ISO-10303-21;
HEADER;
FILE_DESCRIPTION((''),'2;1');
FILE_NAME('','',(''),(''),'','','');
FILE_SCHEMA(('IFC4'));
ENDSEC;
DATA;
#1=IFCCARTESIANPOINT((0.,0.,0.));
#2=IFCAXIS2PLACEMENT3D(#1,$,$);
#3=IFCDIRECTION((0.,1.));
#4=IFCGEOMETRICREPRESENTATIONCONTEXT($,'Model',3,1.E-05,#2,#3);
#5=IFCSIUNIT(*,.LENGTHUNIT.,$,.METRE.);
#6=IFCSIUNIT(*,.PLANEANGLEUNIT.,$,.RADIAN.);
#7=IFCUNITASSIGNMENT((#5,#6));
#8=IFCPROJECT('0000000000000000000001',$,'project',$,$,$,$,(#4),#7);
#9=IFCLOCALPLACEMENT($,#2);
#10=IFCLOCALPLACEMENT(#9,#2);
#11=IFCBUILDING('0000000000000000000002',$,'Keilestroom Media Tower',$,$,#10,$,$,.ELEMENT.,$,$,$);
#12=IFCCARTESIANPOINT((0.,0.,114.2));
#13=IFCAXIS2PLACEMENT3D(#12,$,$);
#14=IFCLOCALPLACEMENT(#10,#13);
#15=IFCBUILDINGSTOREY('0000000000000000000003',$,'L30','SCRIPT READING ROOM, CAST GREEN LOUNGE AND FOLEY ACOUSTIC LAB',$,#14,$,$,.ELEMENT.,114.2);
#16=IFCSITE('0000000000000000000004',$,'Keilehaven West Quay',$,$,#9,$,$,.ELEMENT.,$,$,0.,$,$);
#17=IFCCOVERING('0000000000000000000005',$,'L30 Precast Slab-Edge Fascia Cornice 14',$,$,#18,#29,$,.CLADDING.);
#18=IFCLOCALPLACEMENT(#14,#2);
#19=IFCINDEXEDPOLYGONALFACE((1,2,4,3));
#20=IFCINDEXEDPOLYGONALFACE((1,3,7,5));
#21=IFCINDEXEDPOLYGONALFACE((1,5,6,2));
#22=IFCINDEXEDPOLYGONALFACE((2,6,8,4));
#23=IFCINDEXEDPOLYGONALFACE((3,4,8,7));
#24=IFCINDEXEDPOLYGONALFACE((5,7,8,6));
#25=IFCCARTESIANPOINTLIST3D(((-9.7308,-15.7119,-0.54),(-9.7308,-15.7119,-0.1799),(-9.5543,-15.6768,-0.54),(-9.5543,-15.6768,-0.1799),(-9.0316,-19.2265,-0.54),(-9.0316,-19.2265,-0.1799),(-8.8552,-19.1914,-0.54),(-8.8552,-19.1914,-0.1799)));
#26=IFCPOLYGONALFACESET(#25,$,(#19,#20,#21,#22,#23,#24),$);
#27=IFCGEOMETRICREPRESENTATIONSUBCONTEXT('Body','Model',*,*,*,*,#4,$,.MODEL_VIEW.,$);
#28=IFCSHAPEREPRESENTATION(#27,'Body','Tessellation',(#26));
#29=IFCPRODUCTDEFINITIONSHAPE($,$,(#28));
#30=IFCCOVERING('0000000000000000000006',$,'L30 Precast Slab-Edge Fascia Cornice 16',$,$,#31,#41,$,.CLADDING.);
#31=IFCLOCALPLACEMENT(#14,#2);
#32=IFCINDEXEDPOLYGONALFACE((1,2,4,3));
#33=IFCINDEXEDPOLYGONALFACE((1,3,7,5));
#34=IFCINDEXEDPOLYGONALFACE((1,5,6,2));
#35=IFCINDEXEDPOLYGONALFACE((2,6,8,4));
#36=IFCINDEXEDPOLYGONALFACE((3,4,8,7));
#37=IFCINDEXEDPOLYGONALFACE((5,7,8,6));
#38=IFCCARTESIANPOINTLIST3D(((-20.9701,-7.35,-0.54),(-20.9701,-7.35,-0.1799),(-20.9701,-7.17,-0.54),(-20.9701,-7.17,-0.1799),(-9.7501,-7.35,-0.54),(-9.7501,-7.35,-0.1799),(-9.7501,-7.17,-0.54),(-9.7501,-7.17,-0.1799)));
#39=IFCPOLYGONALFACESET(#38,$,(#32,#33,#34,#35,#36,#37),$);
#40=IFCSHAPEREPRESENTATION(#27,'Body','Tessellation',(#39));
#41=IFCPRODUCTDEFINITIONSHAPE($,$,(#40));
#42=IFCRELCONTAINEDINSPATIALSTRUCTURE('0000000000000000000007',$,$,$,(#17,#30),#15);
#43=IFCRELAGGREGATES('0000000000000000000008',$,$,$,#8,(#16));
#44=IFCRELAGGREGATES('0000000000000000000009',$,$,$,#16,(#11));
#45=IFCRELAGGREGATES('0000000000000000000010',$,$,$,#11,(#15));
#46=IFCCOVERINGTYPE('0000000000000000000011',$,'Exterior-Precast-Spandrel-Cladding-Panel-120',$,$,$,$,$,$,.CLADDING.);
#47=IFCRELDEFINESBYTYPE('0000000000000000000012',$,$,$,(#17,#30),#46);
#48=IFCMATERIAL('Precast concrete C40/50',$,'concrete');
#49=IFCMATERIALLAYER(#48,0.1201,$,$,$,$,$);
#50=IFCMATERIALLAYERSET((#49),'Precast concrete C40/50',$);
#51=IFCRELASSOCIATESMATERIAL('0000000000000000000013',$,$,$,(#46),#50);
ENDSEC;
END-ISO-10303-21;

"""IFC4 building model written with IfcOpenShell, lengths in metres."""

from ifc_helpers import new_model, si_unit, direction, frame, origin, origin_2d, place, context, subcontext, project, spatial, rectangle, extrude, source, transform, mapped, material, layer, layer_set, type_object, element, save


model = new_model("IFC4")

# Units and contexts
model_context = context("Model", 3, precision=1e-05, world=origin(), true_north=direction((0.0, 1.0)))
body_context = subcontext(model_context, "Body", "Model", "MODEL_VIEW")
ifc_project = project(units=[si_unit("LENGTHUNIT", "METRE"), si_unit("PLANEANGLEUNIT", "RADIAN")], contexts=[model_context])

# Site, building, storey
site_placement = place(None, origin())
site = spatial("IfcSite", under=ifc_project, at=site_placement, Name="Keilehaven West Quay", CompositionType="ELEMENT", RefElevation=0.0)
building_placement = place(site_placement, origin())
building = spatial("IfcBuilding", under=site, at=building_placement, Name="Keilestroom Media Tower", CompositionType="ELEMENT")
storey_placement = place(building_placement, frame((0.0, 0.0, 114.2)))
storey = spatial("IfcBuildingStorey", under=building, at=storey_placement, Name="L30", Description="SCRIPT READING ROOM, CAST GREEN LOUNGE AND FOLEY ACOUSTIC LAB", CompositionType="ELEMENT", Elevation=114.2)

# Shared definitions
ifc_material_1 = material(Name="Precast concrete C40/50", Category="concrete")

# Coverings
ifc_layer_1 = layer(ifc_material_1, 0.1201)
ifc_layer_set_1 = layer_set([ifc_layer_1], Name="Precast concrete C40/50")
covering_type = type_object("IfcCoveringType", Name="Exterior-Precast-Spandrel-Cladding-Panel-120", PredefinedType="CLADDING", material=ifc_layer_set_1)
shared_shape_1 = source(origin(), body_context, "Body", "SweptSolid", [
    extrude(rectangle(XDim=3.5835, YDim=0.1799, at=origin_2d()), origin(), (0.0, 0.0, 1.0), 0.3601),
])
covering_1_placement = place(storey_placement, frame((-9.293, -17.4517, -0.54), z_axis=(0.0, 0.0, 1.0), x_axis=(-0.195099, 0.980784, 0.0)))
element("IfcCovering", 1, at=covering_1_placement, inside=storey, type_object=covering_type, Name="L30 Precast Slab-Edge Fascia Cornice 14", PredefinedType="CLADDING", context=body_context, shape_type="MappedRepresentation", body=[
    mapped(shared_shape_1, transform((0.0, 0.0, 0.0), x_axis=(1.0, 0.0, 0.0), y_axis=(0.0, 1.0, 0.0), z_axis=(0.0, 0.0, 1.0), scale=1.0)),
])
shared_shape_2 = source(origin(), body_context, "Body", "SweptSolid", [
    extrude(rectangle(XDim=11.22, YDim=0.1799, at=origin_2d()), origin(), (0.0, 0.0, 1.0), 0.3601),
])
covering_2_placement = place(storey_placement, frame((-15.3601, -7.26, -0.54), z_axis=(0.0, 0.0, 1.0), x_axis=(-1.0, 0.0, 0.0)))
element("IfcCovering", 2, at=covering_2_placement, inside=storey, type_object=covering_type, Name="L30 Precast Slab-Edge Fascia Cornice 16", PredefinedType="CLADDING", context=body_context, shape_type="MappedRepresentation", body=[
    mapped(shared_shape_2, transform((0.0, 0.0, 0.0), x_axis=(1.0, 0.0, 0.0), y_axis=(0.0, 1.0, 0.0), z_axis=(0.0, 0.0, 1.0), scale=1.0)),
])

save(model, "model.ifc")
